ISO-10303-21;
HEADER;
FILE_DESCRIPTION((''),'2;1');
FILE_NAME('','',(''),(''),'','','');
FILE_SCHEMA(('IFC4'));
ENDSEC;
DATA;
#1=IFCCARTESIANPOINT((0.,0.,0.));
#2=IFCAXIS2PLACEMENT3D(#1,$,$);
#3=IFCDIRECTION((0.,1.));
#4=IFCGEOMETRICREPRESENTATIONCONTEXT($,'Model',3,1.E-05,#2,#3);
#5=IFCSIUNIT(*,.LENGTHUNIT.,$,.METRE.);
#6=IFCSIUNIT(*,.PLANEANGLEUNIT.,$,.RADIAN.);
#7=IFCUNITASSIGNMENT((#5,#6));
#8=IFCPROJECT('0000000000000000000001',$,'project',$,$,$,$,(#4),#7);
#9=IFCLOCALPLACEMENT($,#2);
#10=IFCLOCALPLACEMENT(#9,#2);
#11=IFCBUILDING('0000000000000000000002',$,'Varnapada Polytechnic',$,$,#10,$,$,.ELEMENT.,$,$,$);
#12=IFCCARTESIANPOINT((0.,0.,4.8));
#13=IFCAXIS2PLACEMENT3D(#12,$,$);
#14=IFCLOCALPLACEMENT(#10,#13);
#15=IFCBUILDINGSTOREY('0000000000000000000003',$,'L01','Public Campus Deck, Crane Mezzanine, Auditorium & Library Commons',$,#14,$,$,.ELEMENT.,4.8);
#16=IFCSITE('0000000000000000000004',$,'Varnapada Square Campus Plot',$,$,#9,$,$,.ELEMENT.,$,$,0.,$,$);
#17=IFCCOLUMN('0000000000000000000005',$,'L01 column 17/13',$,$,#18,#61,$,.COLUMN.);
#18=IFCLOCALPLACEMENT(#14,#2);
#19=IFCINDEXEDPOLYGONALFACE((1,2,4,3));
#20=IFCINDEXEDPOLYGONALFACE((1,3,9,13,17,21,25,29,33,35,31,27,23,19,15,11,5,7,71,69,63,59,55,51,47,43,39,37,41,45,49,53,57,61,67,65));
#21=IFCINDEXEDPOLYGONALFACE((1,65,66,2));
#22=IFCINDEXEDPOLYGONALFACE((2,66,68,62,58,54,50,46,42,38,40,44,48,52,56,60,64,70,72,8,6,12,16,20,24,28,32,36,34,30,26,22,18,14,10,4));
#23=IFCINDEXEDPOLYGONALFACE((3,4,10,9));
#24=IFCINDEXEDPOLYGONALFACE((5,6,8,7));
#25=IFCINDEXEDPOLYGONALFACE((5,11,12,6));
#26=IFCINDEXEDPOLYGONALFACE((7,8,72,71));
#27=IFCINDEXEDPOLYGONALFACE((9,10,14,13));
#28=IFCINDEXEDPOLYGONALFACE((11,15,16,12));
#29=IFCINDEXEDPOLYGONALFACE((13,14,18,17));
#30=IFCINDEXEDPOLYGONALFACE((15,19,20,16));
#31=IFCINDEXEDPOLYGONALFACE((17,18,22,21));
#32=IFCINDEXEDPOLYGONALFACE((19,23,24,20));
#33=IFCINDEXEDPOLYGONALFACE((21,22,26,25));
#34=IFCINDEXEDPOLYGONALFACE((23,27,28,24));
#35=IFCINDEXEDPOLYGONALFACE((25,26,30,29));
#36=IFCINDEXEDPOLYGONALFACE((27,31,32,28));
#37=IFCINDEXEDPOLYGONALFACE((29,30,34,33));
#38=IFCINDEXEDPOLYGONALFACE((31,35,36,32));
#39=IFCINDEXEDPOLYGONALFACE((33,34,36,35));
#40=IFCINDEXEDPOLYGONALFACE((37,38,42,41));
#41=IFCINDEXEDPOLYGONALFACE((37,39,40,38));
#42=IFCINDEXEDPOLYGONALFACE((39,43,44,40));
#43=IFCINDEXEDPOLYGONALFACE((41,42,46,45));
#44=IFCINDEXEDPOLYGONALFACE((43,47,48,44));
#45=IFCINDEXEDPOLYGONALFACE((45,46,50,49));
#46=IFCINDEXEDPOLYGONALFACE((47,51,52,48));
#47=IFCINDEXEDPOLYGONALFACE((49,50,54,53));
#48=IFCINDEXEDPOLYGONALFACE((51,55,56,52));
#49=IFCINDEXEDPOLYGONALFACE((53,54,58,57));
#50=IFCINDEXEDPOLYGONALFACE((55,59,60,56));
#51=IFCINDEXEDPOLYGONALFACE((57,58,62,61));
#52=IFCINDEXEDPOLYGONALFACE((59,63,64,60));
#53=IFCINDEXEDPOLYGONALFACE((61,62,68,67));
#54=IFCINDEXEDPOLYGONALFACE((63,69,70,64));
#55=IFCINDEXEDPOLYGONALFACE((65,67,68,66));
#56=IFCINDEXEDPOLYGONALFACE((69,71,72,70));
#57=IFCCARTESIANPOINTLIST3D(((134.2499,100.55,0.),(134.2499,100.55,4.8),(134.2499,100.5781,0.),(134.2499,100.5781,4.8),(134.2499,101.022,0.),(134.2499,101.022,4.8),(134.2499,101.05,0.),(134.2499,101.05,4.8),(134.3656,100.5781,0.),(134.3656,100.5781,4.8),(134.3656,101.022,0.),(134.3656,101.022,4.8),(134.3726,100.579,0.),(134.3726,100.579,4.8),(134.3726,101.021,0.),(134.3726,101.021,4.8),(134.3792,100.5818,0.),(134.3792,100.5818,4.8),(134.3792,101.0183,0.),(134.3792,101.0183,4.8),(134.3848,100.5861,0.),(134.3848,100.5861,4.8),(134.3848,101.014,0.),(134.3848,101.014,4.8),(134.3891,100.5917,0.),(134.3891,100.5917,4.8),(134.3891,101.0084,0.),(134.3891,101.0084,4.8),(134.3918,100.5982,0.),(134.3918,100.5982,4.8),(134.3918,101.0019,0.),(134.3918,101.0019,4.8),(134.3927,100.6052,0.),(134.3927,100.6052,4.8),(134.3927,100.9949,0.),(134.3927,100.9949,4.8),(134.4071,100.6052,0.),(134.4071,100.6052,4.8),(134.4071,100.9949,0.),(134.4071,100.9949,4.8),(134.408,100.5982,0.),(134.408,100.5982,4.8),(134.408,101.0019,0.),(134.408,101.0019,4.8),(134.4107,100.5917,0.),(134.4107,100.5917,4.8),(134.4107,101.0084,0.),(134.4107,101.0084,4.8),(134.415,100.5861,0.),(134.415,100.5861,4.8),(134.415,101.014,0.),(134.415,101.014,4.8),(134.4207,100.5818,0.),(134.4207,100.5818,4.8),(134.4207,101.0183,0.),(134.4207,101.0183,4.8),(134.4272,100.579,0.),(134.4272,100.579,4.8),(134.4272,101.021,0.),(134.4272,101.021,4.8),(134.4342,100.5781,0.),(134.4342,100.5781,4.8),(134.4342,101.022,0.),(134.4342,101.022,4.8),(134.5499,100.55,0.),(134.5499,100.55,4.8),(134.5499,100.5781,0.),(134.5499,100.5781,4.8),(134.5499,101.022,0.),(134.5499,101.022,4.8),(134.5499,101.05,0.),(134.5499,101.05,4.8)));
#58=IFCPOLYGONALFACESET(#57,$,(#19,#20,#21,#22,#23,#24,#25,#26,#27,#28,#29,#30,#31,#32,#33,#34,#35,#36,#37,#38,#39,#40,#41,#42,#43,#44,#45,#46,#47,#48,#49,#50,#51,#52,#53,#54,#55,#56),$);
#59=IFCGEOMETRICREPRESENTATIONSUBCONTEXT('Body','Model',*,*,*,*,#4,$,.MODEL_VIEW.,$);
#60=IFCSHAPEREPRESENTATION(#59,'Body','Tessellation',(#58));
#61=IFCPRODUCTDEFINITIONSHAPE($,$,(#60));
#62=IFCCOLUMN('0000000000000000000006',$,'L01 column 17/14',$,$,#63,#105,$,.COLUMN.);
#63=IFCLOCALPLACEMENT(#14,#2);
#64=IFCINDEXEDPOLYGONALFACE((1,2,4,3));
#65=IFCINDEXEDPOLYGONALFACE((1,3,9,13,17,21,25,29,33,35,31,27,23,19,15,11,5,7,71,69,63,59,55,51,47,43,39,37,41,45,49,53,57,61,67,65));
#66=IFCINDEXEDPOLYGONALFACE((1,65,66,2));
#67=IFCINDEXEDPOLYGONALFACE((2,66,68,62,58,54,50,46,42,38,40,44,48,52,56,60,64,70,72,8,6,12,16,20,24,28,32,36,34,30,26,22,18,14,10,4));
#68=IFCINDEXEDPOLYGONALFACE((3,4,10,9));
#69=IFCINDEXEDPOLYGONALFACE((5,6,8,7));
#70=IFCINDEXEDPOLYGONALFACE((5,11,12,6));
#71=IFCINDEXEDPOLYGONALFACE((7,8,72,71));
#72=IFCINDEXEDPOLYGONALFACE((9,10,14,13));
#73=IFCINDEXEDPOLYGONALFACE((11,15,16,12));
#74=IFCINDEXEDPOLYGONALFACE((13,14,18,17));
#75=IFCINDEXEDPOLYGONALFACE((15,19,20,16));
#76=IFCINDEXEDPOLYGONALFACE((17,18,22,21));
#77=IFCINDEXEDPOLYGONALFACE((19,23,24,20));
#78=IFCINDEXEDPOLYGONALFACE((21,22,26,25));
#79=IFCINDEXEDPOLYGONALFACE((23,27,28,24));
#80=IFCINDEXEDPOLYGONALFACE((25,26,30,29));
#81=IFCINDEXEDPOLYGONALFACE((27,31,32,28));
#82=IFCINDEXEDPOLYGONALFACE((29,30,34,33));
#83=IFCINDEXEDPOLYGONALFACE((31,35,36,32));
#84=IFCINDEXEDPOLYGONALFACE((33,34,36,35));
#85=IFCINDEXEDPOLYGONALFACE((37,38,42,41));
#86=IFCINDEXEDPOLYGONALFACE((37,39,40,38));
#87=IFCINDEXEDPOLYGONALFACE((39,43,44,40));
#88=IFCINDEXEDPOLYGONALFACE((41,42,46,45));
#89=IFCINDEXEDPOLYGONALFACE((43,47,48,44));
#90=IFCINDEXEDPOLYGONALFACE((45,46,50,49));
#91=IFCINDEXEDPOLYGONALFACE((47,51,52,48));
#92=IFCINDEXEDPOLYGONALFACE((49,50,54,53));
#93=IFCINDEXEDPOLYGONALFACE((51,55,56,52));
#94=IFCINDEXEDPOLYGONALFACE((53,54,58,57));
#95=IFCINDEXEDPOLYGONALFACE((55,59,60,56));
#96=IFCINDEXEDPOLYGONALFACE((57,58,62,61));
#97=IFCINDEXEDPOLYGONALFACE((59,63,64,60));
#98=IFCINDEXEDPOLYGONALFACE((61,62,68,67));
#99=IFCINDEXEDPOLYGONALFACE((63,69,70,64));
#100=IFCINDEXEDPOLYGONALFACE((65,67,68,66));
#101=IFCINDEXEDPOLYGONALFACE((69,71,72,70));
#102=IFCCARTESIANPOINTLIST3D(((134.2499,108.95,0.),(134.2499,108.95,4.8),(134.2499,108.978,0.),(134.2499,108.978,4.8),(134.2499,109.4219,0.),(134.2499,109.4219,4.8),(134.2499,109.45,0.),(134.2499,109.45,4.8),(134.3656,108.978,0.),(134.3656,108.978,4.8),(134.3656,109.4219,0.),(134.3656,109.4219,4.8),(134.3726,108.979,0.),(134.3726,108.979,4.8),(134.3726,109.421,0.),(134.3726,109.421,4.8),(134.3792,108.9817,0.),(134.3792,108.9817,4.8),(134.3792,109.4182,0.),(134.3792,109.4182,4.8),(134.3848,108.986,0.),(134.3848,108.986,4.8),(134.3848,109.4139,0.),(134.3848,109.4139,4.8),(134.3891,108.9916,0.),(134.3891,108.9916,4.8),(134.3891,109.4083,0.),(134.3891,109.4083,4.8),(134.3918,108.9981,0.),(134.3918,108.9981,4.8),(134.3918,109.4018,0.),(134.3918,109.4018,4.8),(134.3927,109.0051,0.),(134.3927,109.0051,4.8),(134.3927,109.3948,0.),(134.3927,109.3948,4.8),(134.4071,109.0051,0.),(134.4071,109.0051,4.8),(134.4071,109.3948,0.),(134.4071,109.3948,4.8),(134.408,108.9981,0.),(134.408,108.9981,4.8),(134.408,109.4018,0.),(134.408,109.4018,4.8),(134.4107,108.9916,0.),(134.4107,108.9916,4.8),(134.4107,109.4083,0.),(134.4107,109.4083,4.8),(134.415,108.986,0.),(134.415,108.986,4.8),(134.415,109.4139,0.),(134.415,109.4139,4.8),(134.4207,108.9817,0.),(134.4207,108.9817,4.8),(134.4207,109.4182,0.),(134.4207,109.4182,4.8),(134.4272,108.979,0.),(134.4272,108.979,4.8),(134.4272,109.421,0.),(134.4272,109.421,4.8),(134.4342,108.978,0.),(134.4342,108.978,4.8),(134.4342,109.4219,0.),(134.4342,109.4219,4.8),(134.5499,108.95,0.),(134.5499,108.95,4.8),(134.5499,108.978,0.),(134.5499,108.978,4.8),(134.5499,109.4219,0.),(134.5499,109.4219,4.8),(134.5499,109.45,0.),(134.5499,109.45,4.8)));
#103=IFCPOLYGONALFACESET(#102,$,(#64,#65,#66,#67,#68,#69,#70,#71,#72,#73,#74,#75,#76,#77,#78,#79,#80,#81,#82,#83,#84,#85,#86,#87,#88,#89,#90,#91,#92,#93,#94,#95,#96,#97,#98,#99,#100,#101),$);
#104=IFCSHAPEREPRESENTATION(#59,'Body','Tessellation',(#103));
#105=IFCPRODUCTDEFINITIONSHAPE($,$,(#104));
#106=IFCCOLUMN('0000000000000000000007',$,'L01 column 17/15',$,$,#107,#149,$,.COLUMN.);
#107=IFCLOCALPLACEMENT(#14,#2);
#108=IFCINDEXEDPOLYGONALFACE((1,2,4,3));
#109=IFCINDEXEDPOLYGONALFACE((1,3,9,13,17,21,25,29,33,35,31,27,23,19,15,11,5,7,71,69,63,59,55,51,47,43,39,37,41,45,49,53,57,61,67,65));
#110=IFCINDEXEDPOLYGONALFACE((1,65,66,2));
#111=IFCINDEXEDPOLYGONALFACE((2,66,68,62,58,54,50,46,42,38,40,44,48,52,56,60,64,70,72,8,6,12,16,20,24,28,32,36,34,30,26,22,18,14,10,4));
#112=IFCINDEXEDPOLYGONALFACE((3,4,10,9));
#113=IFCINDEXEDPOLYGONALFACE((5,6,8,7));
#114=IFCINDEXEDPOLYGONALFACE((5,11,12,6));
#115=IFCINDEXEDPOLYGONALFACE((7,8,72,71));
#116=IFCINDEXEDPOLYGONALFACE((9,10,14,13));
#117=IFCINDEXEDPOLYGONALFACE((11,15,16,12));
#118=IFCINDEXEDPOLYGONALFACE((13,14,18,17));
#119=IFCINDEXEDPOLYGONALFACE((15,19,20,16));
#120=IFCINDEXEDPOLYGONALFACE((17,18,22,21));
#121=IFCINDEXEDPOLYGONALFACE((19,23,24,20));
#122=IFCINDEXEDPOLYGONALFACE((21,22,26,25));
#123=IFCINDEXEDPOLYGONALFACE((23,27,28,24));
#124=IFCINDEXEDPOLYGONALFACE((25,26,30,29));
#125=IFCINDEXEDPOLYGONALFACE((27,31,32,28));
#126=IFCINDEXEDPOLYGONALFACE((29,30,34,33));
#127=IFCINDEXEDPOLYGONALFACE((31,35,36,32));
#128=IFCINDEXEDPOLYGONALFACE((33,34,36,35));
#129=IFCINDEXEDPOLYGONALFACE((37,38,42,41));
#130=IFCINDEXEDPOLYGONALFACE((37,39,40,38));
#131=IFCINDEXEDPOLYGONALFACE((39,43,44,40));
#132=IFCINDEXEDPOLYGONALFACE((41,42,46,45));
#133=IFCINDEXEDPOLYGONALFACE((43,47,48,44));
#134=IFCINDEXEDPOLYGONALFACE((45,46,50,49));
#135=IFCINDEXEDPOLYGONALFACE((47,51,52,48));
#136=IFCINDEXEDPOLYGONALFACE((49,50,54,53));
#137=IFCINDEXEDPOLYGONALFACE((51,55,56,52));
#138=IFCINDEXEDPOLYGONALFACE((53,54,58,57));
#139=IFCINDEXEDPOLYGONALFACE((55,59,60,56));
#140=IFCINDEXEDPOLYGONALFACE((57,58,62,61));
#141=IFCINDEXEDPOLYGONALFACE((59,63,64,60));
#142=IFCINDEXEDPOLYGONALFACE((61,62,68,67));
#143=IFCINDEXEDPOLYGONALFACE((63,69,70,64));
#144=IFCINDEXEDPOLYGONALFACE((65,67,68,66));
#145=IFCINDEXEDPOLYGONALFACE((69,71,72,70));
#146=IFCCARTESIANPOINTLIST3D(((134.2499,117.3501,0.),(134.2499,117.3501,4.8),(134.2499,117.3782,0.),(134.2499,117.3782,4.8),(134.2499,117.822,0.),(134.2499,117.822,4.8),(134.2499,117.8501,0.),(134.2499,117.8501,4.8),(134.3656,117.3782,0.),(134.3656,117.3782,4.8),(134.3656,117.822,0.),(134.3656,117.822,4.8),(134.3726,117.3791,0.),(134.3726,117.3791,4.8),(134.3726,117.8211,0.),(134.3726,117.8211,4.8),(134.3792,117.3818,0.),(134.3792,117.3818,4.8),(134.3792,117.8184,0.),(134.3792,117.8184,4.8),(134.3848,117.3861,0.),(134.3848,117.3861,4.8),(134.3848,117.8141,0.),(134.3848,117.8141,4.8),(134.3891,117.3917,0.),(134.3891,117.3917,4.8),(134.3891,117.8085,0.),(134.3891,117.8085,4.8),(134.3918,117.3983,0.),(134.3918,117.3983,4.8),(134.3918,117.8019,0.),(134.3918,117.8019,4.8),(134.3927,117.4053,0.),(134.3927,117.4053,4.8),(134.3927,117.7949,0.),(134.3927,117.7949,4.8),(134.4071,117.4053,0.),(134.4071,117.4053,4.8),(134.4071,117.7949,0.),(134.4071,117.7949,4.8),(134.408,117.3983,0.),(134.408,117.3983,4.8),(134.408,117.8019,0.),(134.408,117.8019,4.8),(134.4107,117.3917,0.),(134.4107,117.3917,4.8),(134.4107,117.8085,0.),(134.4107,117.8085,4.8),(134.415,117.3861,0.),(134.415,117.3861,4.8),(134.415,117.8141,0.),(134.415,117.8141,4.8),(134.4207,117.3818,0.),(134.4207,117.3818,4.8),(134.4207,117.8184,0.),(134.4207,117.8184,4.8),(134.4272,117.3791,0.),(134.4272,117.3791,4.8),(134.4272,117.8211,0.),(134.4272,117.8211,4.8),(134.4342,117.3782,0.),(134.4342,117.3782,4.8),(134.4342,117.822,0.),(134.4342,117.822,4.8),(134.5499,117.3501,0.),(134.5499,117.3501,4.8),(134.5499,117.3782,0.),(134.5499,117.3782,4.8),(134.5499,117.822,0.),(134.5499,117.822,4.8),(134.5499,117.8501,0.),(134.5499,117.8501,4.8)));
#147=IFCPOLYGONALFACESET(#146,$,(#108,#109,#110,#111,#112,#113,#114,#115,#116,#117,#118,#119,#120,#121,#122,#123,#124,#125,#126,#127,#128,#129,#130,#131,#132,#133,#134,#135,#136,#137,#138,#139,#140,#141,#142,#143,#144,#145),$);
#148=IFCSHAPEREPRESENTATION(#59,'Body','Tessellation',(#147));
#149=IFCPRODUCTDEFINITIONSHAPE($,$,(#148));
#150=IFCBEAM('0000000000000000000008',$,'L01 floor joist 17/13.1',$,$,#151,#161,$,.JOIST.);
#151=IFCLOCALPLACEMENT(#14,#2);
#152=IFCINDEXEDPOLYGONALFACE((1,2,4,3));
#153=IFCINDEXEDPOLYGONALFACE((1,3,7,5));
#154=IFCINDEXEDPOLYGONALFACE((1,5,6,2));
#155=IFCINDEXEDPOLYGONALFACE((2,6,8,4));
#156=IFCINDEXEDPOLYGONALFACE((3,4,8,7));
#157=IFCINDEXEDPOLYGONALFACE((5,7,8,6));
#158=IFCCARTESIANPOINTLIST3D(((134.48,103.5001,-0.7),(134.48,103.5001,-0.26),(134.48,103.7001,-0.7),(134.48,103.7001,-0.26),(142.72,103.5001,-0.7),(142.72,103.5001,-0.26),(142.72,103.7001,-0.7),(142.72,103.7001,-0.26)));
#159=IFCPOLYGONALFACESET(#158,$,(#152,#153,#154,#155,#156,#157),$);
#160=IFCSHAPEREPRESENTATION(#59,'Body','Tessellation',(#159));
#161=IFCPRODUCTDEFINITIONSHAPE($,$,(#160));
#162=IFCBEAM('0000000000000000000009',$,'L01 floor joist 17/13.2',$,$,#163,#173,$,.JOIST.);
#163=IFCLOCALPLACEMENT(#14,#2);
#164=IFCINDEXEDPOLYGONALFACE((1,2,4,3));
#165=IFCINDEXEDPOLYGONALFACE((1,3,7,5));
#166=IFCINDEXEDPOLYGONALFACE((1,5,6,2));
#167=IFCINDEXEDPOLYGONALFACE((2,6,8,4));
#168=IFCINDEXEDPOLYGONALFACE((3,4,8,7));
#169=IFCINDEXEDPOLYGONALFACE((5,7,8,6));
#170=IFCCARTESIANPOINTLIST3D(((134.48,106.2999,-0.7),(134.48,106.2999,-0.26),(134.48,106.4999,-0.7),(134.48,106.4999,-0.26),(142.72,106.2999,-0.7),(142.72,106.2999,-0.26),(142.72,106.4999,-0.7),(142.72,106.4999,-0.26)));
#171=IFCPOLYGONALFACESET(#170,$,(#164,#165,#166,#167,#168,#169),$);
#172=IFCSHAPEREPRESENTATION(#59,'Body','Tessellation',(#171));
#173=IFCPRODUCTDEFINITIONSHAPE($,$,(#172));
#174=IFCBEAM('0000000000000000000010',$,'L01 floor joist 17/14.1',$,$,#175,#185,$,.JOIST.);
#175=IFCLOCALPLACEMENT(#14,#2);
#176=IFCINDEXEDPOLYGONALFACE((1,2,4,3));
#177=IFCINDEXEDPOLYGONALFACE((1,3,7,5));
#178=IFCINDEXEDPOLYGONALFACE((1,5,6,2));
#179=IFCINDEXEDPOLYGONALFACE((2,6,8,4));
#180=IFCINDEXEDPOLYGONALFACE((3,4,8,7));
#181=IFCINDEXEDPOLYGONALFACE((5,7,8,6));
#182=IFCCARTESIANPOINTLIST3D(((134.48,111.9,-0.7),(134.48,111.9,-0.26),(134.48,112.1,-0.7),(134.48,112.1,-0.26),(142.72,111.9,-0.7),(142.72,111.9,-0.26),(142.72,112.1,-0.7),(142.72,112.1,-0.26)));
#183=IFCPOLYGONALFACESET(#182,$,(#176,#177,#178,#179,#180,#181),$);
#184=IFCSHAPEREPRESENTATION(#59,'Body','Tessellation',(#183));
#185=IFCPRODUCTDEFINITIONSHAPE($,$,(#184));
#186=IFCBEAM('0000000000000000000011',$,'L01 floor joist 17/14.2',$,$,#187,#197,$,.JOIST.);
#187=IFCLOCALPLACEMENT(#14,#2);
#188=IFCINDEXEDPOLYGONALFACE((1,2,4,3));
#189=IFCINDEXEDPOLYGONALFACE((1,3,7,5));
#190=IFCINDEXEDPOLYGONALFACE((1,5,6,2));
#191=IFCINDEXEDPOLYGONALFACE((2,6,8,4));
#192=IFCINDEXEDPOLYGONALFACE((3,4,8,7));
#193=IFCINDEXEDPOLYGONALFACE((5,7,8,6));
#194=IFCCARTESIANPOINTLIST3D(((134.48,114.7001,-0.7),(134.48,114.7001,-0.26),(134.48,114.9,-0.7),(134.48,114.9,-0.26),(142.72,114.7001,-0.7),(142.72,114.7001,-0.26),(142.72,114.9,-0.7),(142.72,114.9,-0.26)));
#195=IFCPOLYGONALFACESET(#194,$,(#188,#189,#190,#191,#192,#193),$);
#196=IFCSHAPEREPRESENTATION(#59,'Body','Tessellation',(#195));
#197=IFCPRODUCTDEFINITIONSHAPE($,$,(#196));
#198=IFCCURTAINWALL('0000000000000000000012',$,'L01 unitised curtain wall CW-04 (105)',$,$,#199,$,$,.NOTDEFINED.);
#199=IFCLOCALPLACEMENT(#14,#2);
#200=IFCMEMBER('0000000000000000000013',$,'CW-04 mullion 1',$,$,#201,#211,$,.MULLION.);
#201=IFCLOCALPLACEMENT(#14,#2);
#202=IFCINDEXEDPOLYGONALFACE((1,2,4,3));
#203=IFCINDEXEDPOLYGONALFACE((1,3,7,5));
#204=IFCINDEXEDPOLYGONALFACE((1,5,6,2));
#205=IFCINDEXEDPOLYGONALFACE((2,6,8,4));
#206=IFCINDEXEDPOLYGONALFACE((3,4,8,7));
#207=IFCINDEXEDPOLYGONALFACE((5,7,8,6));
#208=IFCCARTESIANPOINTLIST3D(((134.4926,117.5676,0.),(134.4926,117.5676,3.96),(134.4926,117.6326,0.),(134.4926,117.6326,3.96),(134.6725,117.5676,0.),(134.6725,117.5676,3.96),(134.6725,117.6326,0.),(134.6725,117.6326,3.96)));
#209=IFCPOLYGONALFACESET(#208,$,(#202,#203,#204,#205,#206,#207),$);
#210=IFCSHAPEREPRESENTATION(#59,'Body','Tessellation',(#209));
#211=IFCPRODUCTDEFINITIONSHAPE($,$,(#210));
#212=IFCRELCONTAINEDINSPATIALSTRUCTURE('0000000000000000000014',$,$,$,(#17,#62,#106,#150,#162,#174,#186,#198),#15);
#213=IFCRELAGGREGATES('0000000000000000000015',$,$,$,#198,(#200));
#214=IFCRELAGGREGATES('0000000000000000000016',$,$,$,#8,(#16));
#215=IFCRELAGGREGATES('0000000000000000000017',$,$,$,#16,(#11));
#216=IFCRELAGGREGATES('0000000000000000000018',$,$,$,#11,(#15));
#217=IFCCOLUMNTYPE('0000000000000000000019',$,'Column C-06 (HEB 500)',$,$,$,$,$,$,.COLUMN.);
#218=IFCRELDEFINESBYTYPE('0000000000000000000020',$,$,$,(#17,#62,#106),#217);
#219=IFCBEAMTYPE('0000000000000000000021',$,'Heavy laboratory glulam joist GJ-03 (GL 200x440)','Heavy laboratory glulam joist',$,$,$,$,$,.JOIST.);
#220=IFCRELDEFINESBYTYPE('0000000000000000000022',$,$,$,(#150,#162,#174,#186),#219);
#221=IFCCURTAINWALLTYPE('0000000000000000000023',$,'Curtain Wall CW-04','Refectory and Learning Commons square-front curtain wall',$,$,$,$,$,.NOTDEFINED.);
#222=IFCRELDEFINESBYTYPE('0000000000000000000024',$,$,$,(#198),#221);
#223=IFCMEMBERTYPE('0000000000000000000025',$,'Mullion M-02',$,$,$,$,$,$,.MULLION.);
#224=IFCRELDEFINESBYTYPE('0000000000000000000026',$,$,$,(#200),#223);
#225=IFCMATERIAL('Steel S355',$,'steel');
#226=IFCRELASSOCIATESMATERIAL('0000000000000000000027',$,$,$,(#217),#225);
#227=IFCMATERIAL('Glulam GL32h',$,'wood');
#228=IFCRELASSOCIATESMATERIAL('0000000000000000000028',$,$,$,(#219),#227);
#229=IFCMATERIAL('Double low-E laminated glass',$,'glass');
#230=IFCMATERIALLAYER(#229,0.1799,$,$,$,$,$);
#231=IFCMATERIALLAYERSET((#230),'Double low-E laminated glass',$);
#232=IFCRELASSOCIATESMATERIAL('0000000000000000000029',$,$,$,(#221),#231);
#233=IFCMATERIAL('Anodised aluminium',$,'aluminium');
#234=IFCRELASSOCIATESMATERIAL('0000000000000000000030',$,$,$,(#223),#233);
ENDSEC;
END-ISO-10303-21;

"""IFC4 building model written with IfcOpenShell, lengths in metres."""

from ifc_helpers import new_model, si_unit, direction, frame, origin, origin_2d, place, context, subcontext, project, spatial, rectangle, i_section, extrude, material, layer, layer_set, material_profile, profile_set, type_object, element, aggregate, save


model = new_model("IFC4")

# Units and contexts
model_context = context("Model", 3, precision=1e-05, world=origin(), true_north=direction((0.0, 1.0)))
body_context = subcontext(model_context, "Body", "Model", "MODEL_VIEW")
ifc_project = project(units=[si_unit("LENGTHUNIT", "METRE"), si_unit("PLANEANGLEUNIT", "RADIAN")], contexts=[model_context])

# Site, building, storey
site_placement = place(None, origin())
site = spatial("IfcSite", under=ifc_project, at=site_placement, Name="Varnapada Square Campus Plot", CompositionType="ELEMENT", RefElevation=0.0)
building_placement = place(site_placement, origin())
building = spatial("IfcBuilding", under=site, at=building_placement, Name="Varnapada Polytechnic", CompositionType="ELEMENT")
storey_placement = place(building_placement, frame((0.0, 0.0, 4.8)))
storey = spatial("IfcBuildingStorey", under=building, at=storey_placement, Name="L01", Description="Public Campus Deck, Crane Mezzanine, Auditorium & Library Commons", CompositionType="ELEMENT", Elevation=4.8)

# Columns
ifc_material_1 = material(Name="Steel S355", Category="steel")
ifc_material_profile_1 = material_profile(ifc_material_1, i_section(OverallWidth=0.3, OverallDepth=0.5, WebThickness=0.0144, FlangeThickness=0.0281, FilletRadius=0.0271, at=origin_2d()), Name="HEB 500")
ifc_profile_set_1 = profile_set([ifc_material_profile_1], Name="Steel S355")
column_type = type_object("IfcColumnType", Name="Column C-06 (HEB 500)", PredefinedType="COLUMN", material=ifc_profile_set_1)
for number, where, z_axis, x_axis, name in (
    (1, (134.3999, 100.8, 0.0), (0.0, 0.0, 1.0), (1.0, 0.0, 0.0), "L01 column 17/13"),
    (2, (134.3999, 109.2, 0.0), (0.0, 0.0, 1.0), (1.0, 0.0, 0.0), "L01 column 17/14"),
    (3, (134.3999, 117.6001, 0.0), (0.0, 0.0, 1.0), (1.0, 0.0, 0.0), "L01 column 17/15"),
):
    element("IfcColumn", number, at=place(storey_placement, frame(where, z_axis=z_axis, x_axis=x_axis)), inside=storey, type_object=column_type, Name=name, PredefinedType="COLUMN", context=body_context, shape_type="SweptSolid", body=[
        extrude(i_section(OverallWidth=0.3, OverallDepth=0.5, WebThickness=0.0144, FlangeThickness=0.0281, FilletRadius=0.0271, at=origin_2d()), origin(), (0.0, 0.0, 1.0), 4.8),
    ])

# Beams
ifc_material_2 = material(Name="Glulam GL32h", Category="wood")
ifc_material_profile_2 = material_profile(ifc_material_2, rectangle(XDim=0.2, YDim=0.4399, at=origin_2d()), Name="GL 200x440")
ifc_profile_set_2 = profile_set([ifc_material_profile_2], Name="Glulam GL32h")
beam_type_1 = type_object("IfcBeamType", Name="Heavy laboratory glulam joist GJ-03 (GL 200x440)", Description="Heavy laboratory glulam joist", PredefinedType="JOIST", material=ifc_profile_set_2)
for number, where, z_axis, x_axis, name in (
    (4, (134.48, 103.6001, -0.48), (1.0, 0.0, 0.0), (0.0, 1.0, 0.0), "L01 floor joist 17/13.1"),
    (5, (134.48, 106.3999, -0.48), (1.0, 0.0, 0.0), (0.0, 1.0, 0.0), "L01 floor joist 17/13.2"),
    (6, (134.48, 112.0, -0.48), (1.0, 0.0, 0.0), (0.0, 1.0, 0.0), "L01 floor joist 17/14.1"),
    (7, (134.48, 114.8, -0.48), (1.0, 0.0, 0.0), (0.0, 1.0, 0.0), "L01 floor joist 17/14.2"),
):
    element("IfcBeam", number, at=place(storey_placement, frame(where, z_axis=z_axis, x_axis=x_axis)), inside=storey, type_object=beam_type_1, Name=name, PredefinedType="JOIST", context=body_context, shape_type="SweptSolid", body=[
        extrude(rectangle(XDim=0.2, YDim=0.4399, at=origin_2d()), origin(), (0.0, 0.0, 1.0), 8.24),
    ])

# Curtain wall, member
ifc_material_3 = material(Name="Double low-E laminated glass", Category="glass")
ifc_layer_1 = layer(ifc_material_3, 0.1799)
ifc_layer_set_1 = layer_set([ifc_layer_1], Name="Double low-E laminated glass")
curtain_wall_type = type_object("IfcCurtainWallType", Name="Curtain Wall CW-04", Description="Refectory and Learning Commons square-front curtain wall", PredefinedType="NOTDEFINED", material=ifc_layer_set_1)
curtain_wall_placement = place(storey_placement, origin())
curtain_wall = element("IfcCurtainWall", 8, at=curtain_wall_placement, inside=storey, type_object=curtain_wall_type, Name="L01 unitised curtain wall CW-04 (105)", PredefinedType="NOTDEFINED")
ifc_material_4 = material(Name="Anodised aluminium", Category="aluminium")
ifc_material_profile_3 = material_profile(ifc_material_4, rectangle(XDim=0.0649, YDim=0.1799, at=origin_2d()), Name="ALU M65x180")
ifc_profile_set_3 = profile_set([ifc_material_profile_3], Name="Anodised aluminium")
member_type = type_object("IfcMemberType", Name="Mullion M-02", PredefinedType="MULLION", material=ifc_profile_set_3)
member_placement = place(storey_placement, frame((134.5825, 117.6001, 0.0), z_axis=(0.0, 0.0, 1.0), x_axis=(0.0, 1.0, 0.0)))
member = element("IfcMember", 9, at=member_placement, type_object=member_type, Name="CW-04 mullion 1", PredefinedType="MULLION", context=body_context, shape_type="SweptSolid", body=[
    extrude(rectangle(XDim=0.0649, YDim=0.1799, at=origin_2d()), origin(), (0.0, 0.0, 1.0), 3.96),
])
aggregate(curtain_wall, [member])

save(model, "model.ifc")
